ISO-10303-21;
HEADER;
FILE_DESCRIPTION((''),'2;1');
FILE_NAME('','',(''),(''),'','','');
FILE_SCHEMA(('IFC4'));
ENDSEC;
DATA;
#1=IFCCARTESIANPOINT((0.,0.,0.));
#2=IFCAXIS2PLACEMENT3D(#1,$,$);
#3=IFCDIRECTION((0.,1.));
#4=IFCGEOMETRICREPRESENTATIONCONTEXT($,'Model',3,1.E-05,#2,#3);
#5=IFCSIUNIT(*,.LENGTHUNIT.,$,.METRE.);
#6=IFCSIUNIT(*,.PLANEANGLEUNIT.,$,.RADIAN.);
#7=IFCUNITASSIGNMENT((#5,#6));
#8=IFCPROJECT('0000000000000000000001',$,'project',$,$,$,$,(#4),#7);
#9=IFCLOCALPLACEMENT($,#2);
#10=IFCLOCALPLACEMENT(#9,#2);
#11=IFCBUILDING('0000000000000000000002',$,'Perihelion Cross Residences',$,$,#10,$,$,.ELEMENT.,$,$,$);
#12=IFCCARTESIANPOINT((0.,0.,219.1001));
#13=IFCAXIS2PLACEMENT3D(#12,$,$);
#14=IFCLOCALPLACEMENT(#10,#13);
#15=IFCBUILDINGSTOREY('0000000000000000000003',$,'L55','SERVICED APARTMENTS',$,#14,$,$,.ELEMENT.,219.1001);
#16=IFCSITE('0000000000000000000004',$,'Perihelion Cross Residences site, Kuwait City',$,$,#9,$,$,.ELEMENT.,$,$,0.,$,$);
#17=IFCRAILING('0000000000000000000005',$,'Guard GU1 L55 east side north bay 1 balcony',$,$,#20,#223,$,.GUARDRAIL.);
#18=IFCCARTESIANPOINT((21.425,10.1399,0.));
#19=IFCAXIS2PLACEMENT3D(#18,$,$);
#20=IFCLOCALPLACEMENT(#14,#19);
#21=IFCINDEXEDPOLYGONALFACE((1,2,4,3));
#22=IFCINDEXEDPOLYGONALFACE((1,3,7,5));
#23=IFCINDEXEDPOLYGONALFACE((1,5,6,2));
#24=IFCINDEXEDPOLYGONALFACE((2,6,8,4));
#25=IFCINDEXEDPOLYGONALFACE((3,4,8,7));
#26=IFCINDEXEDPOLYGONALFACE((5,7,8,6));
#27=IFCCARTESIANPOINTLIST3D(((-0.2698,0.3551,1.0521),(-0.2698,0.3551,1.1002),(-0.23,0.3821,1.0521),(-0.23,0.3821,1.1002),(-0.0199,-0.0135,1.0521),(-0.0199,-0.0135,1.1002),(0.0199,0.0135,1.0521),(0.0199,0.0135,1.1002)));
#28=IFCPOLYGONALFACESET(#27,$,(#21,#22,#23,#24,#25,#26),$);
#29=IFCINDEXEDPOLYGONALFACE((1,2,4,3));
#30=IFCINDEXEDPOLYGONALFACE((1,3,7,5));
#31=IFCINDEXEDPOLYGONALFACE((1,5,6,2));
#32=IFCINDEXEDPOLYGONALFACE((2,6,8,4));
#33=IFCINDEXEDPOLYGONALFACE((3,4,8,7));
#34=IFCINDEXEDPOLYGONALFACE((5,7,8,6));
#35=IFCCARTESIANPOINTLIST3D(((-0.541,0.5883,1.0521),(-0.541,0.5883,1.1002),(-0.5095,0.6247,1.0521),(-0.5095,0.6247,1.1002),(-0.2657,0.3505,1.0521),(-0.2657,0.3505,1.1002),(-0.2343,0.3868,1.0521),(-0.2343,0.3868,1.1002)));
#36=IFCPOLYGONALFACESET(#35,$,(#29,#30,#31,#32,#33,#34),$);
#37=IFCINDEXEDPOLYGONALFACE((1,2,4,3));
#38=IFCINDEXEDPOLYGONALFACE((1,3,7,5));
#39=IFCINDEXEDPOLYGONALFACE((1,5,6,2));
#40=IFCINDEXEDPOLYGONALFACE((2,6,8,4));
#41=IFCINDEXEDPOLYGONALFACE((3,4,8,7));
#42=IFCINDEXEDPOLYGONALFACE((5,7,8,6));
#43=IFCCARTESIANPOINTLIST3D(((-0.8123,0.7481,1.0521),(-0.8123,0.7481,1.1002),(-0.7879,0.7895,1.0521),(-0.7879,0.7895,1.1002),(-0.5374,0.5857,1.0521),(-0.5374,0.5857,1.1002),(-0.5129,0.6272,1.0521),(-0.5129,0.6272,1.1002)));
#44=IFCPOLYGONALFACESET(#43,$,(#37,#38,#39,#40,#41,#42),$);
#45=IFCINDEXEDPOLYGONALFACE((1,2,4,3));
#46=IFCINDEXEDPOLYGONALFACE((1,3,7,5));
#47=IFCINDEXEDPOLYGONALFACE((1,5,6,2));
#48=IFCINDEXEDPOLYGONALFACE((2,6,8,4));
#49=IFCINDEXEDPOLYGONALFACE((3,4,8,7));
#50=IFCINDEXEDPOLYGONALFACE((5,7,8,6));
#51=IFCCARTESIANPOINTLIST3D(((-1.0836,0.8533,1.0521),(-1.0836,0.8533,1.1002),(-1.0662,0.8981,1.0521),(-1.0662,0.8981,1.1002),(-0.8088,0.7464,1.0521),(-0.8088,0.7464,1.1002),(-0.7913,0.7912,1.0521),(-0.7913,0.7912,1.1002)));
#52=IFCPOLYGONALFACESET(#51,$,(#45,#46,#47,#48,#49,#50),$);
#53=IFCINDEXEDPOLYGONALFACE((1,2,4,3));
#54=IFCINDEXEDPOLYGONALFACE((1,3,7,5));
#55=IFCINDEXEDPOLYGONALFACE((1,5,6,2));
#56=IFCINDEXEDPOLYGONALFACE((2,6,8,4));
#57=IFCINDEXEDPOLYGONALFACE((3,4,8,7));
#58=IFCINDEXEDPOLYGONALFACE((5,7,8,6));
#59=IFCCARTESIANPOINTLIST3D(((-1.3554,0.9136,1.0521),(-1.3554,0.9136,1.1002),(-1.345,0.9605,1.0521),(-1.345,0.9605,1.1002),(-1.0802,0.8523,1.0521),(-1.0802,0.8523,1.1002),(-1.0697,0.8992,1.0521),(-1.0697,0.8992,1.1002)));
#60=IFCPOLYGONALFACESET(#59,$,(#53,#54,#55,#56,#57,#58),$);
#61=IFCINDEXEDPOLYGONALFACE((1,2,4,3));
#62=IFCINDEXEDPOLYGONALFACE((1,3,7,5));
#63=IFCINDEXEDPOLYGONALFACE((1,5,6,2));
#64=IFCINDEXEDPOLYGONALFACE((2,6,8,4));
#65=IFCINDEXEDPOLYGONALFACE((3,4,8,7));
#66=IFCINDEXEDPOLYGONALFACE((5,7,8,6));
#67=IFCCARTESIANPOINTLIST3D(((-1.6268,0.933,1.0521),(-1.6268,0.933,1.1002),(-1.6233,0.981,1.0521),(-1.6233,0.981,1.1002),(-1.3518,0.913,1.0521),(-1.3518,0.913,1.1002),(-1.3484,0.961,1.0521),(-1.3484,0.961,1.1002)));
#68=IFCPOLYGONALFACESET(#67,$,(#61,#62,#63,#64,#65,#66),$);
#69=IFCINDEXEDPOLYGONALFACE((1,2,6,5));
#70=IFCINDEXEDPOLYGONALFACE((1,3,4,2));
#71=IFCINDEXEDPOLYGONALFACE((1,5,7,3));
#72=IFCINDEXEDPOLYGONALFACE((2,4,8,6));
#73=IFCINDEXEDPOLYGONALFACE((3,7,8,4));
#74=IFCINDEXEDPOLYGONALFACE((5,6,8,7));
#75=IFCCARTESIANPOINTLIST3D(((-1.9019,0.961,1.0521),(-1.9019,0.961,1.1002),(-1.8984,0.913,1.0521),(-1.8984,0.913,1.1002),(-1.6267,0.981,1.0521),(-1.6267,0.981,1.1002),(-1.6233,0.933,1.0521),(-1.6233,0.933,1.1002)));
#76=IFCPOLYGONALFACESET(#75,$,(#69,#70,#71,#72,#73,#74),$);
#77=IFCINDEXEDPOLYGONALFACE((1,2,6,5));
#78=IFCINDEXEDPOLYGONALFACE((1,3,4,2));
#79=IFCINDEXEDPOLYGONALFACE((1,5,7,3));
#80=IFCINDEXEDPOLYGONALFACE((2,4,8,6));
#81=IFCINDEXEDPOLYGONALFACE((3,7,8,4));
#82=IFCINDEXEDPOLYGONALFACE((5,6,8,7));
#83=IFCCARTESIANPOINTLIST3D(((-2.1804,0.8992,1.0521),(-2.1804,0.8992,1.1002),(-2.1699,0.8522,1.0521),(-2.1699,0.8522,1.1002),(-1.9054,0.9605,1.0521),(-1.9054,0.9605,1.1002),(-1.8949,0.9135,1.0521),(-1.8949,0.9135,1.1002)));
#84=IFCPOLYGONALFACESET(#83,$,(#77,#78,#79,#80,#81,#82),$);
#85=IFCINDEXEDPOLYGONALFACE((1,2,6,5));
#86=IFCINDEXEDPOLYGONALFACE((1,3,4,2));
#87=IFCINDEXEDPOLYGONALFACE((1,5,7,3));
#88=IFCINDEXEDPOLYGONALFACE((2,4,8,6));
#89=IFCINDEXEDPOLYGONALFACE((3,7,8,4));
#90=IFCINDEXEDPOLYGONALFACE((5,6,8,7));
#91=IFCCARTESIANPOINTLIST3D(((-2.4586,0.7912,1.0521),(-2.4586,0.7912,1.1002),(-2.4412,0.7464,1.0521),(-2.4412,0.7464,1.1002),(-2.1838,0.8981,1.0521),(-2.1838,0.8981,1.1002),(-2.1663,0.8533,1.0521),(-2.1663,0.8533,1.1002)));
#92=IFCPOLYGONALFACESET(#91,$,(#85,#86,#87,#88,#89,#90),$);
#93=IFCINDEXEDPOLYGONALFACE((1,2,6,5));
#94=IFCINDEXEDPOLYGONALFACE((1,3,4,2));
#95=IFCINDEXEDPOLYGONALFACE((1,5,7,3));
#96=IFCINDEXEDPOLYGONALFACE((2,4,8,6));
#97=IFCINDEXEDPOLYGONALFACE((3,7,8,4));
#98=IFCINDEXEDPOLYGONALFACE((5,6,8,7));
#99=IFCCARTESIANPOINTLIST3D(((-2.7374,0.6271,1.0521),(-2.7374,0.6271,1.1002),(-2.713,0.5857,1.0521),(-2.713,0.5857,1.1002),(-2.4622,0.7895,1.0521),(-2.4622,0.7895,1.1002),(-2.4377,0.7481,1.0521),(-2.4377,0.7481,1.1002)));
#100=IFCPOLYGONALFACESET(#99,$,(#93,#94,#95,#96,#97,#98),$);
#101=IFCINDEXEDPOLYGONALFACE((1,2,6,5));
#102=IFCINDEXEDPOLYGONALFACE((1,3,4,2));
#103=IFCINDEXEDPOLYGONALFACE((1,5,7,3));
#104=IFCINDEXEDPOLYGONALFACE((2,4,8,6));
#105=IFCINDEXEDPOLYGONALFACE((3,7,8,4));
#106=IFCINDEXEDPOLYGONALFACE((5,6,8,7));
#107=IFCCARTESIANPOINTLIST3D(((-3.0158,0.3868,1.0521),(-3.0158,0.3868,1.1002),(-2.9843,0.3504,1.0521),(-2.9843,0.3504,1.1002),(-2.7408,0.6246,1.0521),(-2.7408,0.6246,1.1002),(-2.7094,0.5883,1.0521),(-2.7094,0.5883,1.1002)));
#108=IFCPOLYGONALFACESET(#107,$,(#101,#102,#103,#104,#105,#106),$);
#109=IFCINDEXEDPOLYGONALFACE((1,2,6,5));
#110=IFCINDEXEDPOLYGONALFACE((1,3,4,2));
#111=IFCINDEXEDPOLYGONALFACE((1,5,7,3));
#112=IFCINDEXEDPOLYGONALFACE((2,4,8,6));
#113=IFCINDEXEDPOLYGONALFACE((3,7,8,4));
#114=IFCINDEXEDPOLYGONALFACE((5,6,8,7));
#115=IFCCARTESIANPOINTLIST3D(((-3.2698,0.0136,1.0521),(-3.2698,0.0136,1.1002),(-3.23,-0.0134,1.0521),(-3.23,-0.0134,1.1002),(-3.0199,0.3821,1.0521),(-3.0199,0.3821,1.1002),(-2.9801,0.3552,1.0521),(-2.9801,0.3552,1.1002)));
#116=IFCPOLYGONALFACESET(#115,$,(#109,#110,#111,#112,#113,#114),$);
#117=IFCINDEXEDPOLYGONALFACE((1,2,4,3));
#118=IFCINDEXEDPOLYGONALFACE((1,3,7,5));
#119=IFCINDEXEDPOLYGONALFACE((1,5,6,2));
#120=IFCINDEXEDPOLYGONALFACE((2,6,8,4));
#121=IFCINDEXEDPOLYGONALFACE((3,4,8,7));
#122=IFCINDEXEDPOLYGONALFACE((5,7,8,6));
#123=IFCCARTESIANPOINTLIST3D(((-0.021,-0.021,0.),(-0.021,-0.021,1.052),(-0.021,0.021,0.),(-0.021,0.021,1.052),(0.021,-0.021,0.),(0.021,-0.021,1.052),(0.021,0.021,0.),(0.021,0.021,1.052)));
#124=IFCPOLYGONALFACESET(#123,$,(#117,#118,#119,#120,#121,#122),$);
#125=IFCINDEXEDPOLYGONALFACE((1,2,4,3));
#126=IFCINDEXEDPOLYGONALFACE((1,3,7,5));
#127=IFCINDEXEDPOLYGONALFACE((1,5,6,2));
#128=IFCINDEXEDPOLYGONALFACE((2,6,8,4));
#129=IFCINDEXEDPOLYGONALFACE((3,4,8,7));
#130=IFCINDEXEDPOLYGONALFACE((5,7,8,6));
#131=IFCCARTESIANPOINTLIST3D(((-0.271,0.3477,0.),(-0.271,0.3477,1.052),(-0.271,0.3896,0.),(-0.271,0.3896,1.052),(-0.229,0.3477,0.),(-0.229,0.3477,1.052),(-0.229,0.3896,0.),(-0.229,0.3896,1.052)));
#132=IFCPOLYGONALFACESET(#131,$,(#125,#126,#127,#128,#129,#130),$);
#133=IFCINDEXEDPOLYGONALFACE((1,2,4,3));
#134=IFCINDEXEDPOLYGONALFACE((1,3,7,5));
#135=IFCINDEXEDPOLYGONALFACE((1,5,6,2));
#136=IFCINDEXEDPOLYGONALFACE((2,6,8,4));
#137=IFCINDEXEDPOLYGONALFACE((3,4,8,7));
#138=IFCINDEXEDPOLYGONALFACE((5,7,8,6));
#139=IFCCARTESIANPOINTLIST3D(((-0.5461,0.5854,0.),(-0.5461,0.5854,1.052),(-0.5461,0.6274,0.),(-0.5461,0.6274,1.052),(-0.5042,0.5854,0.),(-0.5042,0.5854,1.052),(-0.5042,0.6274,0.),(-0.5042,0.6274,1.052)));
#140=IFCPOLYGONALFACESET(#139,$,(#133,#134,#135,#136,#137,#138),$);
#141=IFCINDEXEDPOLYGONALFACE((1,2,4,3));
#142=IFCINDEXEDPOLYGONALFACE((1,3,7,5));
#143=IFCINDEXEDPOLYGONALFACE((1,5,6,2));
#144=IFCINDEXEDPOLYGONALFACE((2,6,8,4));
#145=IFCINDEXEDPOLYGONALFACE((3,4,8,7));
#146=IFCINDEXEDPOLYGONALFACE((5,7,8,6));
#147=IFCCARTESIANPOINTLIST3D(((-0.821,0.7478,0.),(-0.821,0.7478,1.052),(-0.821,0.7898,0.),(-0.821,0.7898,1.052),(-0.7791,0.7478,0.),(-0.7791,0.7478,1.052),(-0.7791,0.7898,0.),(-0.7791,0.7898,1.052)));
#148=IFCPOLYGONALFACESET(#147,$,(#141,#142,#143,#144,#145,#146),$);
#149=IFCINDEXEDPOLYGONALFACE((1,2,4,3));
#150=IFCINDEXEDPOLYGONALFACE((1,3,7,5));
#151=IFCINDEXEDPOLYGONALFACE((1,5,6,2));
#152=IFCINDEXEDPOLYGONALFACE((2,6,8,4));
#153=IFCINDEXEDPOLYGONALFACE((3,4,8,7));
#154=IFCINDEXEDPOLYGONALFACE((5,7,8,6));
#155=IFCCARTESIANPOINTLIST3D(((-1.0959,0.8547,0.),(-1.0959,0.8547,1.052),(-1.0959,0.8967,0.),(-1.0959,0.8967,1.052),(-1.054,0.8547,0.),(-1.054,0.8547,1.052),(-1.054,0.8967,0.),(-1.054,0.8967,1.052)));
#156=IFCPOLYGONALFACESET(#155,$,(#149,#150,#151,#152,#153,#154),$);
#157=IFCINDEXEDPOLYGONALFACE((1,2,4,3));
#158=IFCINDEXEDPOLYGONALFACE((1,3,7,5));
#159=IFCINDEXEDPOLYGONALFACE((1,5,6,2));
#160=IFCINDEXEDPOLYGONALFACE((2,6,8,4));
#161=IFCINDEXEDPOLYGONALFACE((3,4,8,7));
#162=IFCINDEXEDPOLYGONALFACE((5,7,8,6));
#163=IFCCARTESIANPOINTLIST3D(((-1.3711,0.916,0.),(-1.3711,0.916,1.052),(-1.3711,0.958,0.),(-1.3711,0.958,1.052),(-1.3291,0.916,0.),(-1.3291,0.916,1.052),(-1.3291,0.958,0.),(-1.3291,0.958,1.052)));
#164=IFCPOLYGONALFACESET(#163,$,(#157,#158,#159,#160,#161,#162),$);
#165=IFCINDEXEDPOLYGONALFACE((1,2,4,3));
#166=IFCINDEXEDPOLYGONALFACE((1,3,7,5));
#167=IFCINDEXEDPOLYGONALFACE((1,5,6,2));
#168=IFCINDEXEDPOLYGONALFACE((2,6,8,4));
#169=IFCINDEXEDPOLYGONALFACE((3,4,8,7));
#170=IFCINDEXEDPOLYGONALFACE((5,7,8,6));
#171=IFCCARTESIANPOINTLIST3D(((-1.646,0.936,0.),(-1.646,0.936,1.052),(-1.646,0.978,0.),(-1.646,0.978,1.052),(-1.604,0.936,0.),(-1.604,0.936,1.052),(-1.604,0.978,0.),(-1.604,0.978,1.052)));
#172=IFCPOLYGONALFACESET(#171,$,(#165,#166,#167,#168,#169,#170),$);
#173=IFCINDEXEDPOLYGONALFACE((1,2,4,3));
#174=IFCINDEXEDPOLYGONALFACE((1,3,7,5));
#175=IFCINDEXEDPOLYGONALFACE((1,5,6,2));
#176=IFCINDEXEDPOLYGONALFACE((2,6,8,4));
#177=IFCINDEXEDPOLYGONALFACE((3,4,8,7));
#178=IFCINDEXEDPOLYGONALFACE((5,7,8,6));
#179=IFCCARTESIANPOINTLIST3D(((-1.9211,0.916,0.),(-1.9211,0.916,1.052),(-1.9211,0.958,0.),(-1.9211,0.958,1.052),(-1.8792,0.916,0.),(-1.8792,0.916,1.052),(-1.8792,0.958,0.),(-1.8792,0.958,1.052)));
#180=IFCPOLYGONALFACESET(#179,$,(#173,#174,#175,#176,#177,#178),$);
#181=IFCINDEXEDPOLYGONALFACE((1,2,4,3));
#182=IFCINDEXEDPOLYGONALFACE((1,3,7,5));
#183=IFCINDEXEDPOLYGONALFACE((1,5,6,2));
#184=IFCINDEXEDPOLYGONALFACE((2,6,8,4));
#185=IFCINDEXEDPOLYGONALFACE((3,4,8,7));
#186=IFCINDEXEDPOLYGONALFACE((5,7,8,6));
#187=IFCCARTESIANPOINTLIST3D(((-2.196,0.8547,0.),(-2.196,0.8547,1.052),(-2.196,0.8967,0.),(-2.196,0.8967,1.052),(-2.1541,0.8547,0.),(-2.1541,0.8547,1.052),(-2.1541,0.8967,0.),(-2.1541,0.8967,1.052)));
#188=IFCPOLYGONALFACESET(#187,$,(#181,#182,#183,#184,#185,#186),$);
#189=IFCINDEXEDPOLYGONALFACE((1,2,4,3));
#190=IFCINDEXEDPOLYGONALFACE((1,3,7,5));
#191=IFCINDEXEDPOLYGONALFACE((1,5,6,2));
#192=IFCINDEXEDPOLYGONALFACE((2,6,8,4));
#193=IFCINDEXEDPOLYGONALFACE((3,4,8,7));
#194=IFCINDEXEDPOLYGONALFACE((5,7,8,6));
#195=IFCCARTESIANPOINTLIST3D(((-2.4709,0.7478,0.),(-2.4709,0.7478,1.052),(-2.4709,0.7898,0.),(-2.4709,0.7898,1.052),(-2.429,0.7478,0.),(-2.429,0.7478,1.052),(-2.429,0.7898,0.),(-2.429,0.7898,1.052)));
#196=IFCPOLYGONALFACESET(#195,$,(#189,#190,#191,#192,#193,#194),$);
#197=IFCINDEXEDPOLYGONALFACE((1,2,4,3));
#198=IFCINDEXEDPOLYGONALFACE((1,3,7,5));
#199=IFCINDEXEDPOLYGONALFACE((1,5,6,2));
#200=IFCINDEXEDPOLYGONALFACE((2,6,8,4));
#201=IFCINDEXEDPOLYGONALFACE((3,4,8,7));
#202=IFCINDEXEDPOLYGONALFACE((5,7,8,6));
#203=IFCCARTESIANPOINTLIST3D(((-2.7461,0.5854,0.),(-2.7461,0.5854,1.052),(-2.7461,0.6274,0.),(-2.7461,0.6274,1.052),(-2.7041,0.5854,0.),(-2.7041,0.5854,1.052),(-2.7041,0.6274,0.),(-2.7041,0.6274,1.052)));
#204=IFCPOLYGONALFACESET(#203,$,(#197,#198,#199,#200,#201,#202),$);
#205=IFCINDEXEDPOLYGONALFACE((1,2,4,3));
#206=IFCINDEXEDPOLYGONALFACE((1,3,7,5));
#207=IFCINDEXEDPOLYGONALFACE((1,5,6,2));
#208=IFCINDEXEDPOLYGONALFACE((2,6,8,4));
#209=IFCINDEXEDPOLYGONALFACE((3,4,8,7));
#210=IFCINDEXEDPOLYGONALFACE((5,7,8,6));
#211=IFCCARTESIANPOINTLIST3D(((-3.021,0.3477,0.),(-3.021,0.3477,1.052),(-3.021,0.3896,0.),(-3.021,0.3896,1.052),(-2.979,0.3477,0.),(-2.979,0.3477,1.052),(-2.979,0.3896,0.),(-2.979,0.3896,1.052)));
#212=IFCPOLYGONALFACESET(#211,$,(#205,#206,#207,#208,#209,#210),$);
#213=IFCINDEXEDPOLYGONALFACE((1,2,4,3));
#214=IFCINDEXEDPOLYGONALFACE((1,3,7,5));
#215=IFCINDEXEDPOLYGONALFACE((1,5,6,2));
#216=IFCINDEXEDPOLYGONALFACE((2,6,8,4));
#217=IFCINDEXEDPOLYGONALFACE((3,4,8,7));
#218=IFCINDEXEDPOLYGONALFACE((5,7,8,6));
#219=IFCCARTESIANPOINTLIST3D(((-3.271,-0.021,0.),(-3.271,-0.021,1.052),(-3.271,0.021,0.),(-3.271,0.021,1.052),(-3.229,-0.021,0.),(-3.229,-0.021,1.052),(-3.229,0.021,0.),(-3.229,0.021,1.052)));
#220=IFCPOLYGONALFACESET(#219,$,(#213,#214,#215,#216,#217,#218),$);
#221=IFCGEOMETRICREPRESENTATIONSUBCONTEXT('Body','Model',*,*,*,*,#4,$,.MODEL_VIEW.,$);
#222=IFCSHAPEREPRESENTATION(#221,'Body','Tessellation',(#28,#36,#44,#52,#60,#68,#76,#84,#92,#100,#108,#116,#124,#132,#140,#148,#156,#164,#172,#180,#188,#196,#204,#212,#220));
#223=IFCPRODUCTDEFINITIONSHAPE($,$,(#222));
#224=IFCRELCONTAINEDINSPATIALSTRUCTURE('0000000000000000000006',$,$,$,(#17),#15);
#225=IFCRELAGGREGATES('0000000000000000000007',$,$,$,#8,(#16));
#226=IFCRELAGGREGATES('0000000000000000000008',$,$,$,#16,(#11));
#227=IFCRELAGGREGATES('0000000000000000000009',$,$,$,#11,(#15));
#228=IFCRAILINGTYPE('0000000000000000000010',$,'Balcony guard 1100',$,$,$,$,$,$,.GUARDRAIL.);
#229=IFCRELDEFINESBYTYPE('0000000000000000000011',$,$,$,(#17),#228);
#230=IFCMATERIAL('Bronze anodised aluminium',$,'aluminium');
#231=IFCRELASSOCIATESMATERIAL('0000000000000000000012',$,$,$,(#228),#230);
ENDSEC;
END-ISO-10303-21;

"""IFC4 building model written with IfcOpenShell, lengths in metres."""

from ifc_helpers import new_model, si_unit, direction, frame, origin, origin_2d, place, context, subcontext, project, spatial, rectangle, extrude, material, type_object, element, save


model = new_model("IFC4")

# Units and contexts
model_context = context("Model", 3, precision=1e-05, world=origin(), true_north=direction((0.0, 1.0)))
body_context = subcontext(model_context, "Body", "Model", "MODEL_VIEW")
ifc_project = project(units=[si_unit("LENGTHUNIT", "METRE"), si_unit("PLANEANGLEUNIT", "RADIAN")], contexts=[model_context])

# Site, building, storey
site_placement = place(None, origin())
site = spatial("IfcSite", under=ifc_project, at=site_placement, Name="Perihelion Cross Residences site, Kuwait City", CompositionType="ELEMENT", RefElevation=0.0)
building_placement = place(site_placement, origin())
building = spatial("IfcBuilding", under=site, at=building_placement, Name="Perihelion Cross Residences", CompositionType="ELEMENT")
storey_placement = place(building_placement, frame((0.0, 0.0, 219.1001)))
storey = spatial("IfcBuildingStorey", under=building, at=storey_placement, Name="L55", Description="SERVICED APARTMENTS", CompositionType="ELEMENT", Elevation=219.1001)

# Railing
ifc_material_1 = material(Name="Bronze anodised aluminium", Category="aluminium")
railing_type_1 = type_object("IfcRailingType", Name="Balcony guard 1100", PredefinedType="GUARDRAIL", material=ifc_material_1)
railing_1_placement = place(storey_placement, frame((21.425, 10.1399, 0.0)))
element("IfcRailing", 1, at=railing_1_placement, inside=storey, type_object=railing_type_1, Name="Guard GU1 L55 east side north bay 1 balcony", PredefinedType="GUARDRAIL", context=body_context, shape_type="SweptSolid", body=[
    extrude(rectangle(XDim=0.0481, YDim=0.0481, at=origin_2d()), frame((0.0, 0.0, 1.0762), z_axis=(-0.56126, 0.827639, 0.0), x_axis=(-0.827639, -0.56126, 0.0)), (0.0, 0.0, 1.0), 0.4453),
    extrude(rectangle(XDim=0.0481, YDim=0.0481, at=origin_2d()), frame((-0.25, 0.3687, 1.0762), z_axis=(-0.756597, 0.653882, 0.0), x_axis=(-0.653882, -0.756597, 0.0)), (0.0, 0.0, 1.0), 0.3638),
    extrude(rectangle(XDim=0.0481, YDim=0.0481, at=origin_2d()), frame((-0.5251, 0.6064, 1.0762), z_axis=(-0.861048, 0.508523, 0.0), x_axis=(-0.508523, -0.861048, 0.0)), (0.0, 0.0, 1.0), 0.3193),
    extrude(rectangle(XDim=0.0481, YDim=0.0481, at=origin_2d()), frame((-0.8, 0.7688, 1.0762), z_axis=(-0.931974, 0.362526, 0.0), x_axis=(-0.362526, -0.931974, 0.0)), (0.0, 0.0, 1.0), 0.2949),
    extrude(rectangle(XDim=0.0481, YDim=0.0481, at=origin_2d()), frame((-1.075, 0.8757, 1.0762), z_axis=(-0.976085, 0.217389, 0.0), x_axis=(-0.217389, -0.976085, 0.0)), (0.0, 0.0, 1.0), 0.282),
    extrude(rectangle(XDim=0.0481, YDim=0.0481, at=origin_2d()), frame((-1.3501, 0.937, 1.0762), z_axis=(-0.997359, 0.072632, 0.0), x_axis=(-0.072632, -0.997359, 0.0)), (0.0, 0.0, 1.0), 0.2756),
    extrude(rectangle(XDim=0.0481, YDim=0.0481, at=origin_2d()), frame((-1.625, 0.957, 1.0762), z_axis=(-0.997363, -0.072568, 0.0), x_axis=(0.072568, -0.997363, 0.0)), (0.0, 0.0, 1.0), 0.2759),
    extrude(rectangle(XDim=0.0481, YDim=0.0481, at=origin_2d()), frame((-1.9001, 0.937, 1.0762), z_axis=(-0.976044, -0.217573, 0.0), x_axis=(0.217573, -0.976044, 0.0)), (0.0, 0.0, 1.0), 0.2817),
    extrude(rectangle(XDim=0.0481, YDim=0.0481, at=origin_2d()), frame((-2.175, 0.8757, 1.0762), z_axis=(-0.931974, -0.362526, 0.0), x_axis=(0.362526, -0.931974, 0.0)), (0.0, 0.0, 1.0), 0.2949),
    extrude(rectangle(XDim=0.0481, YDim=0.0481, at=origin_2d()), frame((-2.45, 0.7688, 1.0762), z_axis=(-0.861246, -0.508189, 0.0), x_axis=(0.508189, -0.861246, 0.0)), (0.0, 0.0, 1.0), 0.3196),
    extrude(rectangle(XDim=0.0481, YDim=0.0481, at=origin_2d()), frame((-2.7251, 0.6064, 1.0762), z_axis=(-0.756309, -0.654214, 0.0), x_axis=(0.654214, -0.756309, 0.0)), (0.0, 0.0, 1.0), 0.3635),
    extrude(rectangle(XDim=0.0481, YDim=0.0481, at=origin_2d()), frame((-3.0, 0.3687, 1.0762), z_axis=(-0.56126, -0.827639, 0.0), x_axis=(0.827639, -0.56126, 0.0)), (0.0, 0.0, 1.0), 0.4453),
    extrude(rectangle(XDim=0.042, YDim=0.042, at=origin_2d()), origin(), (0.0, 0.0, 1.0), 1.052),
    extrude(rectangle(XDim=0.042, YDim=0.042, at=origin_2d()), frame((-0.25, 0.3687, 0.0)), (0.0, 0.0, 1.0), 1.052),
    extrude(rectangle(XDim=0.042, YDim=0.042, at=origin_2d()), frame((-0.5251, 0.6064, 0.0)), (0.0, 0.0, 1.0), 1.052),
    extrude(rectangle(XDim=0.042, YDim=0.042, at=origin_2d()), frame((-0.8, 0.7688, 0.0)), (0.0, 0.0, 1.0), 1.052),
    extrude(rectangle(XDim=0.042, YDim=0.042, at=origin_2d()), frame((-1.075, 0.8757, 0.0)), (0.0, 0.0, 1.0), 1.052),
    extrude(rectangle(XDim=0.042, YDim=0.042, at=origin_2d()), frame((-1.3501, 0.937, 0.0)), (0.0, 0.0, 1.0), 1.052),
    extrude(rectangle(XDim=0.042, YDim=0.042, at=origin_2d()), frame((-1.625, 0.957, 0.0)), (0.0, 0.0, 1.0), 1.052),
    extrude(rectangle(XDim=0.042, YDim=0.042, at=origin_2d()), frame((-1.9001, 0.937, 0.0)), (0.0, 0.0, 1.0), 1.052),
    extrude(rectangle(XDim=0.042, YDim=0.042, at=origin_2d()), frame((-2.175, 0.8757, 0.0)), (0.0, 0.0, 1.0), 1.052),
    extrude(rectangle(XDim=0.042, YDim=0.042, at=origin_2d()), frame((-2.45, 0.7688, 0.0)), (0.0, 0.0, 1.0), 1.052),
    extrude(rectangle(XDim=0.042, YDim=0.042, at=origin_2d()), frame((-2.7251, 0.6064, 0.0)), (0.0, 0.0, 1.0), 1.052),
    extrude(rectangle(XDim=0.042, YDim=0.042, at=origin_2d()), frame((-3.0, 0.3687, 0.0)), (0.0, 0.0, 1.0), 1.052),
    extrude(rectangle(XDim=0.042, YDim=0.042, at=origin_2d()), frame((-3.25, 0.0, 0.0)), (0.0, 0.0, 1.0), 1.052),
])

save(model, "model.ifc")
